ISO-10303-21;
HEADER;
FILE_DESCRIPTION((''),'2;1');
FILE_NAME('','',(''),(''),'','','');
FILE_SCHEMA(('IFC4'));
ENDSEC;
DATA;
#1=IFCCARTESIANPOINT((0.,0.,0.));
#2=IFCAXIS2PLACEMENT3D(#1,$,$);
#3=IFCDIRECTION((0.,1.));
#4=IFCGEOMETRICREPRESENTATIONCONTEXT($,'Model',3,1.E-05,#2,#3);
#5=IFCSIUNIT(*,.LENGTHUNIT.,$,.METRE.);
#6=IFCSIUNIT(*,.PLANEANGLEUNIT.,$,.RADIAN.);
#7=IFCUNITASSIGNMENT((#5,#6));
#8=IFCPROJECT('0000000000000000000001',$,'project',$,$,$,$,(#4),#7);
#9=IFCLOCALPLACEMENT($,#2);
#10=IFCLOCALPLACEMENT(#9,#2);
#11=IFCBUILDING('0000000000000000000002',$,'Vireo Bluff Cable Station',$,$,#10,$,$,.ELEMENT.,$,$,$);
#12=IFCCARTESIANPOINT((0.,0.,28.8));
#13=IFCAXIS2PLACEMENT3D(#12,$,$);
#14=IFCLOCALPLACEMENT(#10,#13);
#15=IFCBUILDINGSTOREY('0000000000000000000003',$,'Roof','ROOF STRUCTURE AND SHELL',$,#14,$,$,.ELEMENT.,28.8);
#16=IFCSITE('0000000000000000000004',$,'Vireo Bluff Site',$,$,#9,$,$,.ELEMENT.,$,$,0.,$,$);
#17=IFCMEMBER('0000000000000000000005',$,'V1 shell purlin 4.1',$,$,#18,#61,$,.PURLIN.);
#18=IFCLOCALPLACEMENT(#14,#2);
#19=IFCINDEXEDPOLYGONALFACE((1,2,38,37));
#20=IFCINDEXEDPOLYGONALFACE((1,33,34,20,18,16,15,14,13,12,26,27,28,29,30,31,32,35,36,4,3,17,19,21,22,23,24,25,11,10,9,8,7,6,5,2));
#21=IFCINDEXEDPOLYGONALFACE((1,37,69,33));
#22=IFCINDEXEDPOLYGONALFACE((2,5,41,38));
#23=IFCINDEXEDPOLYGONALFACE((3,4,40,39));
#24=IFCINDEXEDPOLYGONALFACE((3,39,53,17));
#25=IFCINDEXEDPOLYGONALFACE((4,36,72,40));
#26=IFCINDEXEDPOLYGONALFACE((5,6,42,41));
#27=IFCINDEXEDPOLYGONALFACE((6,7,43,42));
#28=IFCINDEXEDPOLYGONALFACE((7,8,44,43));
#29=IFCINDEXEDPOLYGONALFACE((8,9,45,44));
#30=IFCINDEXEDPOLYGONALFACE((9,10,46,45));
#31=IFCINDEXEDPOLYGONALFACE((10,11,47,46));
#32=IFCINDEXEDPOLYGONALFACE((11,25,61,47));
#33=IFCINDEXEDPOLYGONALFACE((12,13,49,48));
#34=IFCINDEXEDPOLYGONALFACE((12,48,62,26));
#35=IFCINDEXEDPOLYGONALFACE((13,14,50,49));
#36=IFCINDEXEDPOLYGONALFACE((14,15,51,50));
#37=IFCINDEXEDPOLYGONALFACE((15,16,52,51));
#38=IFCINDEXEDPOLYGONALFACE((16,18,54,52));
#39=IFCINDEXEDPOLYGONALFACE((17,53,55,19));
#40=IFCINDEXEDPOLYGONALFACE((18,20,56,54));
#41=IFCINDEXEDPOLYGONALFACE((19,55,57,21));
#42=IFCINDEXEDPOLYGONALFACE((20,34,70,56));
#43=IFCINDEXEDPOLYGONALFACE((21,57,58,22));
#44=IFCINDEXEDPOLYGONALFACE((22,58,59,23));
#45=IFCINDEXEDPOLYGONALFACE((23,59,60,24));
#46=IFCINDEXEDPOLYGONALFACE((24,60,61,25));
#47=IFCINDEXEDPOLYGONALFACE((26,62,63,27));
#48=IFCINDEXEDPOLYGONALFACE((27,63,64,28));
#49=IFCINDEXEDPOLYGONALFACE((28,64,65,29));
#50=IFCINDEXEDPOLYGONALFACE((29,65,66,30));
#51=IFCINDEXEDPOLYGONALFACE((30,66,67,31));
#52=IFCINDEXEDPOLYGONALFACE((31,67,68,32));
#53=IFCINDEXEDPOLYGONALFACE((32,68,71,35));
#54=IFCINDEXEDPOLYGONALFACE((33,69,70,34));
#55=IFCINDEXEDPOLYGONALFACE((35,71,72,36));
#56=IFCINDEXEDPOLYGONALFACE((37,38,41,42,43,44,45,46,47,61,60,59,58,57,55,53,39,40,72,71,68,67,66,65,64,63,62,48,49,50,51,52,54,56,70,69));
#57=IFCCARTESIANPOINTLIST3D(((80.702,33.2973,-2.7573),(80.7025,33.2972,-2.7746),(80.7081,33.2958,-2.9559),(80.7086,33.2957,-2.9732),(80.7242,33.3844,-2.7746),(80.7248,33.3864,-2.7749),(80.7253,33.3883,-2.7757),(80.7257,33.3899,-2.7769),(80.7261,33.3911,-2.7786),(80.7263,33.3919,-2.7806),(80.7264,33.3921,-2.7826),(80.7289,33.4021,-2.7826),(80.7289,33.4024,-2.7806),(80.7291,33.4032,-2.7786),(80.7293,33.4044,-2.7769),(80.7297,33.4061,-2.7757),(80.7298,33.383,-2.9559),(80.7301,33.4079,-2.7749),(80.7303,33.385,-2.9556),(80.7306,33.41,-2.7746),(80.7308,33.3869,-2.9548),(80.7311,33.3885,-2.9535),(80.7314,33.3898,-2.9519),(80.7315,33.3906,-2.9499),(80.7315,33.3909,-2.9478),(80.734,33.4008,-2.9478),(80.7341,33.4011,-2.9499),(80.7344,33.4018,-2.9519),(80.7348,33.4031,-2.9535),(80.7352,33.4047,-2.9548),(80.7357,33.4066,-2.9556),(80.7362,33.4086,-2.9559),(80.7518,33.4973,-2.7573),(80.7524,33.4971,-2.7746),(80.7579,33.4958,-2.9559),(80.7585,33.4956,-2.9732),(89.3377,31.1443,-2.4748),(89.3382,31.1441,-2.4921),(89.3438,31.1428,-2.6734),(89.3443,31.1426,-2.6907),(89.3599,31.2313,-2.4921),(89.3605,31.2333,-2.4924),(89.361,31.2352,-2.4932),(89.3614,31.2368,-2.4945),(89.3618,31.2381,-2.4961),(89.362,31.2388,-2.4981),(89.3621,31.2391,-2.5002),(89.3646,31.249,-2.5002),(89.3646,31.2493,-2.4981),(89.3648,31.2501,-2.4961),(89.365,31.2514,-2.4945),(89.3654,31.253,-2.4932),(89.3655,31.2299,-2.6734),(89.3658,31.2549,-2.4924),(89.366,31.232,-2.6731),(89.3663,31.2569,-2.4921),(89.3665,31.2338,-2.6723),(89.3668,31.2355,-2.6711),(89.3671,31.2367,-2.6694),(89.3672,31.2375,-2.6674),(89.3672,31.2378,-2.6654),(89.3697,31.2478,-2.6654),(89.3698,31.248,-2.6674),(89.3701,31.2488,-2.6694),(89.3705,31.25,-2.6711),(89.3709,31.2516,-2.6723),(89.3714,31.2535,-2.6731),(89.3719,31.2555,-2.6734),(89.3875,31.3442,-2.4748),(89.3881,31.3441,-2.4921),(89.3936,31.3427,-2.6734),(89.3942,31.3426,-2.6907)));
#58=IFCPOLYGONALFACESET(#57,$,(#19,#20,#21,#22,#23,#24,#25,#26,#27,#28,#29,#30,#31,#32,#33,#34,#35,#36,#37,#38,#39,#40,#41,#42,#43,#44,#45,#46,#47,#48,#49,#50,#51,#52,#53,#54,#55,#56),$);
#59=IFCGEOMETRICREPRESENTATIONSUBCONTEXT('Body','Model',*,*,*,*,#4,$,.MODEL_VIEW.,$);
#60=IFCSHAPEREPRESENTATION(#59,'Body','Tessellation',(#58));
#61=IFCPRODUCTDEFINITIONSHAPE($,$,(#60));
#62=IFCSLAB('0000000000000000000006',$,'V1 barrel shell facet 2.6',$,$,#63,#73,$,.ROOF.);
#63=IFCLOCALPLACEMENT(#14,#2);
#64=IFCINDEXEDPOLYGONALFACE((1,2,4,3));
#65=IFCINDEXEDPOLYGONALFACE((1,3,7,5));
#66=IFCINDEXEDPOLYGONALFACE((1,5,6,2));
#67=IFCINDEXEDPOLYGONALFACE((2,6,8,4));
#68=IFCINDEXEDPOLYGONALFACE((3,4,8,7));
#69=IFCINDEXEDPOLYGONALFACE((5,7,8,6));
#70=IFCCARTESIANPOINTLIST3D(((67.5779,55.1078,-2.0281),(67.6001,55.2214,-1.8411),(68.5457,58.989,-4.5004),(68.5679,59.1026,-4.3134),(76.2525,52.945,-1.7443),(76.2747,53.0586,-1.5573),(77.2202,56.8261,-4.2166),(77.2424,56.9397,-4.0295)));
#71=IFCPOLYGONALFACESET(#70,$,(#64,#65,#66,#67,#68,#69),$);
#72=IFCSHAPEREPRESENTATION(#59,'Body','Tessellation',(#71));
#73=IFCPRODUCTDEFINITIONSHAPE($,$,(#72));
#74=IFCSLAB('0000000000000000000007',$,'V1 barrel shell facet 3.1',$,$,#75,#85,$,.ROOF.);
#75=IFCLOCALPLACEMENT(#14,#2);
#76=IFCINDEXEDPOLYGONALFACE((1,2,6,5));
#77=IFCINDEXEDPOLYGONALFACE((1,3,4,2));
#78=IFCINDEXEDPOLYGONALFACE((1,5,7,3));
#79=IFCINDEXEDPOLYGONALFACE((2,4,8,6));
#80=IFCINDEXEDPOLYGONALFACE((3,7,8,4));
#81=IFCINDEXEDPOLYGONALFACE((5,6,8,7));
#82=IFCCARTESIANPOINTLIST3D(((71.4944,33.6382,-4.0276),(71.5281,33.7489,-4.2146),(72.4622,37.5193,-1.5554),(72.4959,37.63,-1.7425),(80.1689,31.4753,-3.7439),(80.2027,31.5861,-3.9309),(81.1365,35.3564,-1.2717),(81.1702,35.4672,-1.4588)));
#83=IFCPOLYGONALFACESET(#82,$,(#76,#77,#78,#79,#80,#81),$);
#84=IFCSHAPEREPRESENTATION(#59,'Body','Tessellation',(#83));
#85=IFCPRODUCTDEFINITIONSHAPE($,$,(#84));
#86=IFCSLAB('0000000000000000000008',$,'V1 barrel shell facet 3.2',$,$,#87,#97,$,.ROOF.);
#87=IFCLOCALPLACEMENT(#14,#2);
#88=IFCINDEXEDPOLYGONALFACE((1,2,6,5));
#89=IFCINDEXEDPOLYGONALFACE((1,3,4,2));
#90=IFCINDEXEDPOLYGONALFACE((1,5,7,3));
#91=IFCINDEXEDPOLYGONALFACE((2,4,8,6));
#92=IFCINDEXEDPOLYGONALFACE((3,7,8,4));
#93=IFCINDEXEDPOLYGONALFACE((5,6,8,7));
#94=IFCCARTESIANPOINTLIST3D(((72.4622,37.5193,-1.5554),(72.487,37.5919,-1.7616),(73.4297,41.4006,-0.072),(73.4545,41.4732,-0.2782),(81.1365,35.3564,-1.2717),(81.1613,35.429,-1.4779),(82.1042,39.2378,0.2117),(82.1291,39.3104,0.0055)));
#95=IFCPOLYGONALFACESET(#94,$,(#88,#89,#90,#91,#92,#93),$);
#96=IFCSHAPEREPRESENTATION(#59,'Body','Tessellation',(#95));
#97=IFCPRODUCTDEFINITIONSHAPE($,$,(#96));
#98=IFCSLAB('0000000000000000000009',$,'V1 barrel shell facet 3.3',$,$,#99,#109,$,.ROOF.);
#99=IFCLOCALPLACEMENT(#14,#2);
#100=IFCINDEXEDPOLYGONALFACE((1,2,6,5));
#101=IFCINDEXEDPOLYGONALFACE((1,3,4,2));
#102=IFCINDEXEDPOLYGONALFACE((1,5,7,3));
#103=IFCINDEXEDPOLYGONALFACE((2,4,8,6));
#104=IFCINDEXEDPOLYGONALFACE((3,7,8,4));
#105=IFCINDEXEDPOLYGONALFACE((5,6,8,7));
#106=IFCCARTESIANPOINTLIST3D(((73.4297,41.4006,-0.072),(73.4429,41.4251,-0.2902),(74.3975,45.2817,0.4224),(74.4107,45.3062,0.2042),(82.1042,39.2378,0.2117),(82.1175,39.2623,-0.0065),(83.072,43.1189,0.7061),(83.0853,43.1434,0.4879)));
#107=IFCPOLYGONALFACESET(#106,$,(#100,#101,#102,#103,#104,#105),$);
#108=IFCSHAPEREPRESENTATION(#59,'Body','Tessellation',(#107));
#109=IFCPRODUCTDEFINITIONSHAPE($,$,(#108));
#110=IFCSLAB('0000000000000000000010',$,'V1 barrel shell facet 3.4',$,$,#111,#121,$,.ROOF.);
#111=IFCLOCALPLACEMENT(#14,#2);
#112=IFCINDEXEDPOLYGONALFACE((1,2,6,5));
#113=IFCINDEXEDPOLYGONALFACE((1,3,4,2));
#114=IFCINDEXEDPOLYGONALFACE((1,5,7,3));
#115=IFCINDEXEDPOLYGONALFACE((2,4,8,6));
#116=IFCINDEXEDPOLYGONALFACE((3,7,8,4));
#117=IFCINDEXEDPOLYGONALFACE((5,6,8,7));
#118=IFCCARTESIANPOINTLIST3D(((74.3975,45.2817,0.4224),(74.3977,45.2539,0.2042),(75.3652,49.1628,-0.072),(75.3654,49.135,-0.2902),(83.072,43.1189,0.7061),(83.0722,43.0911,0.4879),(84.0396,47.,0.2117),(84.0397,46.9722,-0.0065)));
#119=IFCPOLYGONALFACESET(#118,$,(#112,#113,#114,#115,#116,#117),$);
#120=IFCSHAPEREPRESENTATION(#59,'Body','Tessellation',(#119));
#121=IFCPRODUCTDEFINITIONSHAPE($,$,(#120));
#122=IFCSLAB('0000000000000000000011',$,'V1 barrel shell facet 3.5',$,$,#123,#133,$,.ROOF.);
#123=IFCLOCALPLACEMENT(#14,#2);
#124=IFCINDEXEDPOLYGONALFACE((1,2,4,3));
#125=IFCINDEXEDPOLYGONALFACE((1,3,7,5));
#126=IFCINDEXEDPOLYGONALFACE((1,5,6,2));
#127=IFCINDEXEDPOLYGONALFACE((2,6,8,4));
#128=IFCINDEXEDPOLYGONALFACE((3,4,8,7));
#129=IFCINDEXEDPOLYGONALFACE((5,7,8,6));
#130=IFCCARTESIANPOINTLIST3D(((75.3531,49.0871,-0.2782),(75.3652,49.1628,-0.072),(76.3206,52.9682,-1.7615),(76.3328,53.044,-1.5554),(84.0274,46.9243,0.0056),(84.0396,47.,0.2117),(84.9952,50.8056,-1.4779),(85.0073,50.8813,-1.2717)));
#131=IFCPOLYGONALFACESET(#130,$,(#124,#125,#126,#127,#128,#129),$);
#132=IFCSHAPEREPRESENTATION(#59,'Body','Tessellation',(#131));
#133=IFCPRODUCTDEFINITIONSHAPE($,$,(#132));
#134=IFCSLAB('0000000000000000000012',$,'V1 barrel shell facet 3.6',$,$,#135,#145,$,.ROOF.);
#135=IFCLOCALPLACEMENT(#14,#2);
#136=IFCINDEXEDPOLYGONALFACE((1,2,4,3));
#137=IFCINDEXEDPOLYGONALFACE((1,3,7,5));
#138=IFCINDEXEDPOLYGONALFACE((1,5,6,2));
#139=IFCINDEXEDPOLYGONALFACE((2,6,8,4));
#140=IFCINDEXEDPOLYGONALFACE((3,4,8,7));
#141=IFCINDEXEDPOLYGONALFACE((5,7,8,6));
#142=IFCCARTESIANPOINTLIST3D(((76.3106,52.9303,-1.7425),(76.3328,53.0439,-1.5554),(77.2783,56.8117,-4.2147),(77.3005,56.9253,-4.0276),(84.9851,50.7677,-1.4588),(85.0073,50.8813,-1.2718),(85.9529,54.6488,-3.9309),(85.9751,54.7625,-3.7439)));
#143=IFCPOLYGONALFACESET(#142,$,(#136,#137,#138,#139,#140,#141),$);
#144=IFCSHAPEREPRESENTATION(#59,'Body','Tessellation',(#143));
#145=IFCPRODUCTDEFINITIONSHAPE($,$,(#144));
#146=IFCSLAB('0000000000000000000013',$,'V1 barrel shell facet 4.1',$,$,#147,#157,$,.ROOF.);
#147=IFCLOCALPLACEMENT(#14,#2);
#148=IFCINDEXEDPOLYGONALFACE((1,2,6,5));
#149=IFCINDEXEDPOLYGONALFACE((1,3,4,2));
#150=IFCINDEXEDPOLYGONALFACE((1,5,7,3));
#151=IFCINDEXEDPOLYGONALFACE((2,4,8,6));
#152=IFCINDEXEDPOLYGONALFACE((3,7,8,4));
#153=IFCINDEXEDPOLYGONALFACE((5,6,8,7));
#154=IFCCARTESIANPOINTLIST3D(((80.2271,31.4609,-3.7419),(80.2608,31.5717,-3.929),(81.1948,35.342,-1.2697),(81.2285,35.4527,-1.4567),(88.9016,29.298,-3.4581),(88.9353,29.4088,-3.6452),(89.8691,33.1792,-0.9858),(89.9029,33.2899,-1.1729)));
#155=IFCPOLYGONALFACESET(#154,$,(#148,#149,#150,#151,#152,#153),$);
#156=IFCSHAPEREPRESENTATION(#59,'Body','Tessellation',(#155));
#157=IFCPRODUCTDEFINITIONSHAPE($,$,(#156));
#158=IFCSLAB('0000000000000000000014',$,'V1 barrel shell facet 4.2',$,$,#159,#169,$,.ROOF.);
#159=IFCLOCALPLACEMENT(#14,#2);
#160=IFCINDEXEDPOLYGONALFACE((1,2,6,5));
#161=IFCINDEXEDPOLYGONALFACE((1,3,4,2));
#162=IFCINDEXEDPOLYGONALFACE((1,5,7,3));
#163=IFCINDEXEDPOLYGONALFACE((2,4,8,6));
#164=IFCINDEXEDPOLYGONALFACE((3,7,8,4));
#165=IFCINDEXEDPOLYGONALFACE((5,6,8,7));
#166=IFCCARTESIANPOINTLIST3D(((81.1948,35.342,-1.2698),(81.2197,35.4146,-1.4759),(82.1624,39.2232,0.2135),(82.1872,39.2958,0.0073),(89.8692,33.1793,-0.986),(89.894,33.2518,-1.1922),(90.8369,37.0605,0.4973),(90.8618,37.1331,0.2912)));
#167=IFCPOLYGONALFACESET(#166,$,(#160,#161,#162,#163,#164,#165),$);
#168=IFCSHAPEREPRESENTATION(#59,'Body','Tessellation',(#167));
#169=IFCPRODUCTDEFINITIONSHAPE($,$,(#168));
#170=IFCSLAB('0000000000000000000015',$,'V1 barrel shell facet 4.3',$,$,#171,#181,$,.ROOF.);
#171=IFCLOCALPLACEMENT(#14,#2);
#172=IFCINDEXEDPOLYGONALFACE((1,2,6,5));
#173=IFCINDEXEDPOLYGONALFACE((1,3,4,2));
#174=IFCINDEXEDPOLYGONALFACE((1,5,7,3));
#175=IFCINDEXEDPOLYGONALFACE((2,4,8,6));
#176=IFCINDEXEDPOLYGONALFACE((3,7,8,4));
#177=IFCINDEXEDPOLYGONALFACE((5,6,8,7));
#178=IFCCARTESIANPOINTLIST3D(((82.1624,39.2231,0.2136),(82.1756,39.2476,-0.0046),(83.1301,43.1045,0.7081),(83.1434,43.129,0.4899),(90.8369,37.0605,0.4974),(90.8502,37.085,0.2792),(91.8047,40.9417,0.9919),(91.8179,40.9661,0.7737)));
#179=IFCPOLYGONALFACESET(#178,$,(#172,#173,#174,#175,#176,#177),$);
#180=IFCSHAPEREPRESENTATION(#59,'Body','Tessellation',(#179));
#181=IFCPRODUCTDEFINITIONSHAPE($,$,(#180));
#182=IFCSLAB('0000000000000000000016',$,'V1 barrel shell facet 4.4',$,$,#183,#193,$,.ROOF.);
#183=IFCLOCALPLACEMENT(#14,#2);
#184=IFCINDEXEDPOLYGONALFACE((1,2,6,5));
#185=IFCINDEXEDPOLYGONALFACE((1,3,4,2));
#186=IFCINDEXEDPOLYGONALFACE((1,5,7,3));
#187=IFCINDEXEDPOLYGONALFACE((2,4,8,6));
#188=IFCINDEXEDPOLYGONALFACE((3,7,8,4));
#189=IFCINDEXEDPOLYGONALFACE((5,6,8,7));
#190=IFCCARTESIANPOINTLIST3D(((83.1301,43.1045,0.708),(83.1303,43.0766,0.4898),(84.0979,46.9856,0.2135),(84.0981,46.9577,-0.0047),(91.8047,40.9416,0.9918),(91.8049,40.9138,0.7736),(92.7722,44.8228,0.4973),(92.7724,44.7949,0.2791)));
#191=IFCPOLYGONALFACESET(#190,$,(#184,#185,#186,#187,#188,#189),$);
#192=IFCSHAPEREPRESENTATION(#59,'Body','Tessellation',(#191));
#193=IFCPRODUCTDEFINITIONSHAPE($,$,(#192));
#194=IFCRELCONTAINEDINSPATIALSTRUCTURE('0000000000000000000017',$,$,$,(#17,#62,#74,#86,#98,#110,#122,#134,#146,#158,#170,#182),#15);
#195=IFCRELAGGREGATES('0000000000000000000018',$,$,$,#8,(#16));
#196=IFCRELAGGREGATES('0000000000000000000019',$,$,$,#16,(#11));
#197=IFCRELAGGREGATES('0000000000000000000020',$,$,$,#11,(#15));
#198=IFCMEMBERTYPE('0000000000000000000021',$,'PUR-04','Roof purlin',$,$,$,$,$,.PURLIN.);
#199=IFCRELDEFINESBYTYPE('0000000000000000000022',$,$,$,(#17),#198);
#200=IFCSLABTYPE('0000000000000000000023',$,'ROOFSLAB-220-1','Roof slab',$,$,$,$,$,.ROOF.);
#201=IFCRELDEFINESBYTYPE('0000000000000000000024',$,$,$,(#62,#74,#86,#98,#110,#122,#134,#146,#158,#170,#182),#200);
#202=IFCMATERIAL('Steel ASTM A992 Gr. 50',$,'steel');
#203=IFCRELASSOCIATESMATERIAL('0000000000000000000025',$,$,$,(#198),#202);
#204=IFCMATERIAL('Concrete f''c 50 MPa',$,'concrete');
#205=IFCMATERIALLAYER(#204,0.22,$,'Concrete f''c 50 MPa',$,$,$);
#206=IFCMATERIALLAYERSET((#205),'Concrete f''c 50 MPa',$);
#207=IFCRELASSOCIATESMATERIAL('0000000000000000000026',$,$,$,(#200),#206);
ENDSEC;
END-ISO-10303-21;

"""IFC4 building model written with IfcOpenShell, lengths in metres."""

from ifc_helpers import new_model, si_unit, direction, frame, origin, origin_2d, place, context, subcontext, project, spatial, polyline, i_section, outline, extrude, material, layer, layer_set, material_profile, profile_set, type_object, element, save


model = new_model("IFC4")

# Units and contexts
model_context = context("Model", 3, precision=1e-05, world=origin(), true_north=direction((0.0, 1.0)))
body_context = subcontext(model_context, "Body", "Model", "MODEL_VIEW")
ifc_project = project(units=[si_unit("LENGTHUNIT", "METRE"), si_unit("PLANEANGLEUNIT", "RADIAN")], contexts=[model_context])

# Site, building, storey
site_placement = place(None, origin())
site = spatial("IfcSite", under=ifc_project, at=site_placement, Name="Vireo Bluff Site", CompositionType="ELEMENT", RefElevation=0.0)
building_placement = place(site_placement, origin())
building = spatial("IfcBuilding", under=site, at=building_placement, Name="Vireo Bluff Cable Station", CompositionType="ELEMENT")
storey_placement = place(building_placement, frame((0.0, 0.0, 28.8)))
storey = spatial("IfcBuildingStorey", under=building, at=storey_placement, Name="Roof", Description="ROOF STRUCTURE AND SHELL", CompositionType="ELEMENT", Elevation=28.8)

# Member
ifc_material_1 = material(Name="Steel ASTM A992 Gr. 50", Category="steel")
ifc_material_profile_1 = material_profile(ifc_material_1, i_section(OverallWidth=0.2061, OverallDepth=0.2161, WebThickness=0.0103, FlangeThickness=0.0173, FilletRadius=0.0081, at=origin_2d()), Name="W8X48")
ifc_profile_set_1 = profile_set([ifc_material_profile_1], Name="Steel ASTM A992 Gr. 50")
member_type_1 = type_object("IfcMemberType", Name="PUR-04", Description="Roof purlin", PredefinedType="PURLIN", material=ifc_profile_set_1)
member_1_placement = place(storey_placement, frame((80.7302, 33.3965, -2.8652), z_axis=(0.969809, -0.241794, 0.031722), x_axis=(0.241916, 0.970297, 0.0)))
element("IfcMember", 1, at=member_1_placement, inside=storey, type_object=member_type_1, Name="V1 shell purlin 4.1", PredefinedType="PURLIN", context=body_context, shape_type="SweptSolid", body=[
    extrude(i_section(OverallWidth=0.2061, OverallDepth=0.2161, WebThickness=0.0103, FlangeThickness=0.0173, FilletRadius=0.0081, at=origin_2d()), origin(), (0.0, 0.0, 1.0), 8.9045),
])

# Slabs
ifc_material_2 = material(Name="Concrete f'c 50 MPa", Category="concrete")
ifc_layer_1 = layer(ifc_material_2, 0.22, Name="Concrete f'c 50 MPa")
ifc_layer_set_1 = layer_set([ifc_layer_1], Name="Concrete f'c 50 MPa")
slab_type = type_object("IfcSlabType", Name="ROOFSLAB-220-1", Description="Roof slab", PredefinedType="ROOF", material=ifc_layer_set_1)
slab_1_placement = place(storey_placement, frame((67.6001, 55.2214, -1.8411), z_axis=(0.100956, 0.516488, 0.850323), x_axis=(0.969808, -0.241797, 0.031726)))
element("IfcSlab", 2, at=slab_1_placement, inside=storey, type_object=slab_type, Name="V1 barrel shell facet 2.6", PredefinedType="ROOF", context=body_context, shape_type="SweptSolid", body=[
    extrude(outline(polyline([(0.0, 0.0), (8.9446, 0.0), (8.8663, 4.7016), (-0.0783, 4.7017), (0.0, 0.0)])), origin(), (0.0, 0.0, -1.0), 0.22),
])
slab_2_placement = place(storey_placement, frame((71.4944, 33.6382, -4.0276), z_axis=(-0.153328, -0.503413, 0.850333), x_axis=(0.969806, -0.241804, 0.031718)))
element("IfcSlab", 3, at=slab_2_placement, inside=storey, type_object=slab_type, Name="V1 barrel shell facet 3.1", PredefinedType="ROOF", context=body_context, shape_type="SweptSolid", body=[
    extrude(outline(polyline([(0.0, 0.0), (8.9446, 0.0), (9.0229, 4.7015), (0.0785, 4.7016), (0.0, 0.0)])), origin(), (0.0, 0.0, -1.0), 0.22),
])
slab_3_placement = place(storey_placement, frame((72.4622, 37.5193, -1.5554), z_axis=(-0.112937, -0.330026, 0.937192), x_axis=(0.969805, -0.241809, 0.031716)))
element("IfcSlab", 4, at=slab_3_placement, inside=storey, type_object=slab_type, Name="V1 barrel shell facet 3.2", PredefinedType="ROOF", context=body_context, shape_type="SweptSolid", body=[
    extrude(outline(polyline([(0.0, 0.0), (8.9444, 0.0), (8.9914, 4.2661), (0.0468, 4.2661), (0.0, 0.0)])), origin(), (0.0, 0.0, -1.0), 0.22),
])
slab_4_placement = place(storey_placement, frame((73.4297, 41.4006, -0.072), z_axis=(-0.060203, -0.111346, 0.991956), x_axis=(0.969807, -0.241803, 0.031716)))
element("IfcSlab", 5, at=slab_4_placement, inside=storey, type_object=slab_type, Name="V1 barrel shell facet 3.3", PredefinedType="ROOF", context=body_context, shape_type="SweptSolid", body=[
    extrude(outline(polyline([(0.0, 0.0), (8.9446, 0.0), (8.9604, 4.0303), (0.0158, 4.0303), (0.0, 0.0)])), origin(), (0.0, 0.0, -1.0), 0.22),
])
slab_5_placement = place(storey_placement, frame((74.3975, 45.2817, 0.4224), z_axis=(-0.000881, 0.126578, 0.991956), x_axis=(0.969807, -0.241803, 0.031716)))
element("IfcSlab", 6, at=slab_5_placement, inside=storey, type_object=slab_type, Name="V1 barrel shell facet 3.4", PredefinedType="ROOF", context=body_context, shape_type="SweptSolid", body=[
    extrude(outline(polyline([(0.0, 0.0), (8.9446, 0.0), (8.9288, 4.0303), (-0.0156, 4.0304), (0.0, 0.0)])), origin(), (0.0, 0.0, -1.0), 0.22),
])
slab_6_placement = place(storey_placement, frame((75.3652, 49.1628, -0.072), z_axis=(0.055222, 0.344424, 0.937189), x_axis=(0.969805, -0.241808, 0.031722)))
element("IfcSlab", 7, at=slab_6_placement, inside=storey, type_object=slab_type, Name="V1 barrel shell facet 3.5", PredefinedType="ROOF", context=body_context, shape_type="SweptSolid", body=[
    extrude(outline(polyline([(0.0, 0.0), (8.9444, 0.0), (8.8973, 4.2661), (-0.0472, 4.2658), (0.0, 0.0)])), origin(), (0.0, 0.0, -1.0), 0.22),
])
slab_7_placement = place(storey_placement, frame((76.3328, 53.0439, -1.5554), z_axis=(0.100952, 0.516457, 0.850341), x_axis=(0.969812, -0.241781, 0.031711)))
element("IfcSlab", 8, at=slab_7_placement, inside=storey, type_object=slab_type, Name="V1 barrel shell facet 3.6", PredefinedType="ROOF", context=body_context, shape_type="SweptSolid", body=[
    extrude(outline(polyline([(0.0, 0.0), (8.9446, 0.0), (8.8664, 4.7016), (-0.0783, 4.7018), (0.0, 0.0)])), origin(), (0.0, 0.0, -1.0), 0.22),
])
slab_8_placement = place(storey_placement, frame((80.2271, 31.4609, -3.7419), z_axis=(-0.153343, -0.503428, 0.850321), x_axis=(0.969805, -0.24181, 0.031728)))
element("IfcSlab", 9, at=slab_8_placement, inside=storey, type_object=slab_type, Name="V1 barrel shell facet 4.1", PredefinedType="ROOF", context=body_context, shape_type="SweptSolid", body=[
    extrude(outline(polyline([(0.0, 0.0), (8.9446, 0.0), (9.0229, 4.7017), (0.0785, 4.7016), (0.0, 0.0)])), origin(), (0.0, 0.0, -1.0), 0.22),
])
slab_9_placement = place(storey_placement, frame((81.1948, 35.342, -1.2698), z_axis=(-0.112941, -0.330008, 0.937197), x_axis=(0.969806, -0.241803, 0.031727)))
element("IfcSlab", 10, at=slab_9_placement, inside=storey, type_object=slab_type, Name="V1 barrel shell facet 4.2", PredefinedType="ROOF", context=body_context, shape_type="SweptSolid", body=[
    extrude(outline(polyline([(0.0, 0.0), (8.9444, 0.0), (8.9915, 4.266), (0.0469, 4.2658), (0.0, 0.0)])), origin(), (0.0, 0.0, -1.0), 0.22),
])
slab_10_placement = place(storey_placement, frame((82.1624, 39.2231, 0.2136), z_axis=(-0.060221, -0.111369, 0.991953), x_axis=(0.969812, -0.241779, 0.031732)))
element("IfcSlab", 11, at=slab_10_placement, inside=storey, type_object=slab_type, Name="V1 barrel shell facet 4.3", PredefinedType="ROOF", context=body_context, shape_type="SweptSolid", body=[
    extrude(outline(polyline([(0.0, 0.0), (8.9446, 0.0), (8.9605, 4.0304), (0.0158, 4.0306), (0.0, 0.0)])), origin(), (0.0, 0.0, -1.0), 0.22),
])
slab_11_placement = place(storey_placement, frame((83.1301, 43.1045, 0.708), z_axis=(-0.000887, 0.12661, 0.991952), x_axis=(0.969806, -0.241805, 0.03173)))
element("IfcSlab", 12, at=slab_11_placement, inside=storey, type_object=slab_type, Name="V1 barrel shell facet 4.4", PredefinedType="ROOF", context=body_context, shape_type="SweptSolid", body=[
    extrude(outline(polyline([(0.0, 0.0), (8.9446, 0.0), (8.9288, 4.0303), (-0.0156, 4.0304), (0.0, 0.0)])), origin(), (0.0, 0.0, -1.0), 0.22),
])

save(model, "model.ifc")
